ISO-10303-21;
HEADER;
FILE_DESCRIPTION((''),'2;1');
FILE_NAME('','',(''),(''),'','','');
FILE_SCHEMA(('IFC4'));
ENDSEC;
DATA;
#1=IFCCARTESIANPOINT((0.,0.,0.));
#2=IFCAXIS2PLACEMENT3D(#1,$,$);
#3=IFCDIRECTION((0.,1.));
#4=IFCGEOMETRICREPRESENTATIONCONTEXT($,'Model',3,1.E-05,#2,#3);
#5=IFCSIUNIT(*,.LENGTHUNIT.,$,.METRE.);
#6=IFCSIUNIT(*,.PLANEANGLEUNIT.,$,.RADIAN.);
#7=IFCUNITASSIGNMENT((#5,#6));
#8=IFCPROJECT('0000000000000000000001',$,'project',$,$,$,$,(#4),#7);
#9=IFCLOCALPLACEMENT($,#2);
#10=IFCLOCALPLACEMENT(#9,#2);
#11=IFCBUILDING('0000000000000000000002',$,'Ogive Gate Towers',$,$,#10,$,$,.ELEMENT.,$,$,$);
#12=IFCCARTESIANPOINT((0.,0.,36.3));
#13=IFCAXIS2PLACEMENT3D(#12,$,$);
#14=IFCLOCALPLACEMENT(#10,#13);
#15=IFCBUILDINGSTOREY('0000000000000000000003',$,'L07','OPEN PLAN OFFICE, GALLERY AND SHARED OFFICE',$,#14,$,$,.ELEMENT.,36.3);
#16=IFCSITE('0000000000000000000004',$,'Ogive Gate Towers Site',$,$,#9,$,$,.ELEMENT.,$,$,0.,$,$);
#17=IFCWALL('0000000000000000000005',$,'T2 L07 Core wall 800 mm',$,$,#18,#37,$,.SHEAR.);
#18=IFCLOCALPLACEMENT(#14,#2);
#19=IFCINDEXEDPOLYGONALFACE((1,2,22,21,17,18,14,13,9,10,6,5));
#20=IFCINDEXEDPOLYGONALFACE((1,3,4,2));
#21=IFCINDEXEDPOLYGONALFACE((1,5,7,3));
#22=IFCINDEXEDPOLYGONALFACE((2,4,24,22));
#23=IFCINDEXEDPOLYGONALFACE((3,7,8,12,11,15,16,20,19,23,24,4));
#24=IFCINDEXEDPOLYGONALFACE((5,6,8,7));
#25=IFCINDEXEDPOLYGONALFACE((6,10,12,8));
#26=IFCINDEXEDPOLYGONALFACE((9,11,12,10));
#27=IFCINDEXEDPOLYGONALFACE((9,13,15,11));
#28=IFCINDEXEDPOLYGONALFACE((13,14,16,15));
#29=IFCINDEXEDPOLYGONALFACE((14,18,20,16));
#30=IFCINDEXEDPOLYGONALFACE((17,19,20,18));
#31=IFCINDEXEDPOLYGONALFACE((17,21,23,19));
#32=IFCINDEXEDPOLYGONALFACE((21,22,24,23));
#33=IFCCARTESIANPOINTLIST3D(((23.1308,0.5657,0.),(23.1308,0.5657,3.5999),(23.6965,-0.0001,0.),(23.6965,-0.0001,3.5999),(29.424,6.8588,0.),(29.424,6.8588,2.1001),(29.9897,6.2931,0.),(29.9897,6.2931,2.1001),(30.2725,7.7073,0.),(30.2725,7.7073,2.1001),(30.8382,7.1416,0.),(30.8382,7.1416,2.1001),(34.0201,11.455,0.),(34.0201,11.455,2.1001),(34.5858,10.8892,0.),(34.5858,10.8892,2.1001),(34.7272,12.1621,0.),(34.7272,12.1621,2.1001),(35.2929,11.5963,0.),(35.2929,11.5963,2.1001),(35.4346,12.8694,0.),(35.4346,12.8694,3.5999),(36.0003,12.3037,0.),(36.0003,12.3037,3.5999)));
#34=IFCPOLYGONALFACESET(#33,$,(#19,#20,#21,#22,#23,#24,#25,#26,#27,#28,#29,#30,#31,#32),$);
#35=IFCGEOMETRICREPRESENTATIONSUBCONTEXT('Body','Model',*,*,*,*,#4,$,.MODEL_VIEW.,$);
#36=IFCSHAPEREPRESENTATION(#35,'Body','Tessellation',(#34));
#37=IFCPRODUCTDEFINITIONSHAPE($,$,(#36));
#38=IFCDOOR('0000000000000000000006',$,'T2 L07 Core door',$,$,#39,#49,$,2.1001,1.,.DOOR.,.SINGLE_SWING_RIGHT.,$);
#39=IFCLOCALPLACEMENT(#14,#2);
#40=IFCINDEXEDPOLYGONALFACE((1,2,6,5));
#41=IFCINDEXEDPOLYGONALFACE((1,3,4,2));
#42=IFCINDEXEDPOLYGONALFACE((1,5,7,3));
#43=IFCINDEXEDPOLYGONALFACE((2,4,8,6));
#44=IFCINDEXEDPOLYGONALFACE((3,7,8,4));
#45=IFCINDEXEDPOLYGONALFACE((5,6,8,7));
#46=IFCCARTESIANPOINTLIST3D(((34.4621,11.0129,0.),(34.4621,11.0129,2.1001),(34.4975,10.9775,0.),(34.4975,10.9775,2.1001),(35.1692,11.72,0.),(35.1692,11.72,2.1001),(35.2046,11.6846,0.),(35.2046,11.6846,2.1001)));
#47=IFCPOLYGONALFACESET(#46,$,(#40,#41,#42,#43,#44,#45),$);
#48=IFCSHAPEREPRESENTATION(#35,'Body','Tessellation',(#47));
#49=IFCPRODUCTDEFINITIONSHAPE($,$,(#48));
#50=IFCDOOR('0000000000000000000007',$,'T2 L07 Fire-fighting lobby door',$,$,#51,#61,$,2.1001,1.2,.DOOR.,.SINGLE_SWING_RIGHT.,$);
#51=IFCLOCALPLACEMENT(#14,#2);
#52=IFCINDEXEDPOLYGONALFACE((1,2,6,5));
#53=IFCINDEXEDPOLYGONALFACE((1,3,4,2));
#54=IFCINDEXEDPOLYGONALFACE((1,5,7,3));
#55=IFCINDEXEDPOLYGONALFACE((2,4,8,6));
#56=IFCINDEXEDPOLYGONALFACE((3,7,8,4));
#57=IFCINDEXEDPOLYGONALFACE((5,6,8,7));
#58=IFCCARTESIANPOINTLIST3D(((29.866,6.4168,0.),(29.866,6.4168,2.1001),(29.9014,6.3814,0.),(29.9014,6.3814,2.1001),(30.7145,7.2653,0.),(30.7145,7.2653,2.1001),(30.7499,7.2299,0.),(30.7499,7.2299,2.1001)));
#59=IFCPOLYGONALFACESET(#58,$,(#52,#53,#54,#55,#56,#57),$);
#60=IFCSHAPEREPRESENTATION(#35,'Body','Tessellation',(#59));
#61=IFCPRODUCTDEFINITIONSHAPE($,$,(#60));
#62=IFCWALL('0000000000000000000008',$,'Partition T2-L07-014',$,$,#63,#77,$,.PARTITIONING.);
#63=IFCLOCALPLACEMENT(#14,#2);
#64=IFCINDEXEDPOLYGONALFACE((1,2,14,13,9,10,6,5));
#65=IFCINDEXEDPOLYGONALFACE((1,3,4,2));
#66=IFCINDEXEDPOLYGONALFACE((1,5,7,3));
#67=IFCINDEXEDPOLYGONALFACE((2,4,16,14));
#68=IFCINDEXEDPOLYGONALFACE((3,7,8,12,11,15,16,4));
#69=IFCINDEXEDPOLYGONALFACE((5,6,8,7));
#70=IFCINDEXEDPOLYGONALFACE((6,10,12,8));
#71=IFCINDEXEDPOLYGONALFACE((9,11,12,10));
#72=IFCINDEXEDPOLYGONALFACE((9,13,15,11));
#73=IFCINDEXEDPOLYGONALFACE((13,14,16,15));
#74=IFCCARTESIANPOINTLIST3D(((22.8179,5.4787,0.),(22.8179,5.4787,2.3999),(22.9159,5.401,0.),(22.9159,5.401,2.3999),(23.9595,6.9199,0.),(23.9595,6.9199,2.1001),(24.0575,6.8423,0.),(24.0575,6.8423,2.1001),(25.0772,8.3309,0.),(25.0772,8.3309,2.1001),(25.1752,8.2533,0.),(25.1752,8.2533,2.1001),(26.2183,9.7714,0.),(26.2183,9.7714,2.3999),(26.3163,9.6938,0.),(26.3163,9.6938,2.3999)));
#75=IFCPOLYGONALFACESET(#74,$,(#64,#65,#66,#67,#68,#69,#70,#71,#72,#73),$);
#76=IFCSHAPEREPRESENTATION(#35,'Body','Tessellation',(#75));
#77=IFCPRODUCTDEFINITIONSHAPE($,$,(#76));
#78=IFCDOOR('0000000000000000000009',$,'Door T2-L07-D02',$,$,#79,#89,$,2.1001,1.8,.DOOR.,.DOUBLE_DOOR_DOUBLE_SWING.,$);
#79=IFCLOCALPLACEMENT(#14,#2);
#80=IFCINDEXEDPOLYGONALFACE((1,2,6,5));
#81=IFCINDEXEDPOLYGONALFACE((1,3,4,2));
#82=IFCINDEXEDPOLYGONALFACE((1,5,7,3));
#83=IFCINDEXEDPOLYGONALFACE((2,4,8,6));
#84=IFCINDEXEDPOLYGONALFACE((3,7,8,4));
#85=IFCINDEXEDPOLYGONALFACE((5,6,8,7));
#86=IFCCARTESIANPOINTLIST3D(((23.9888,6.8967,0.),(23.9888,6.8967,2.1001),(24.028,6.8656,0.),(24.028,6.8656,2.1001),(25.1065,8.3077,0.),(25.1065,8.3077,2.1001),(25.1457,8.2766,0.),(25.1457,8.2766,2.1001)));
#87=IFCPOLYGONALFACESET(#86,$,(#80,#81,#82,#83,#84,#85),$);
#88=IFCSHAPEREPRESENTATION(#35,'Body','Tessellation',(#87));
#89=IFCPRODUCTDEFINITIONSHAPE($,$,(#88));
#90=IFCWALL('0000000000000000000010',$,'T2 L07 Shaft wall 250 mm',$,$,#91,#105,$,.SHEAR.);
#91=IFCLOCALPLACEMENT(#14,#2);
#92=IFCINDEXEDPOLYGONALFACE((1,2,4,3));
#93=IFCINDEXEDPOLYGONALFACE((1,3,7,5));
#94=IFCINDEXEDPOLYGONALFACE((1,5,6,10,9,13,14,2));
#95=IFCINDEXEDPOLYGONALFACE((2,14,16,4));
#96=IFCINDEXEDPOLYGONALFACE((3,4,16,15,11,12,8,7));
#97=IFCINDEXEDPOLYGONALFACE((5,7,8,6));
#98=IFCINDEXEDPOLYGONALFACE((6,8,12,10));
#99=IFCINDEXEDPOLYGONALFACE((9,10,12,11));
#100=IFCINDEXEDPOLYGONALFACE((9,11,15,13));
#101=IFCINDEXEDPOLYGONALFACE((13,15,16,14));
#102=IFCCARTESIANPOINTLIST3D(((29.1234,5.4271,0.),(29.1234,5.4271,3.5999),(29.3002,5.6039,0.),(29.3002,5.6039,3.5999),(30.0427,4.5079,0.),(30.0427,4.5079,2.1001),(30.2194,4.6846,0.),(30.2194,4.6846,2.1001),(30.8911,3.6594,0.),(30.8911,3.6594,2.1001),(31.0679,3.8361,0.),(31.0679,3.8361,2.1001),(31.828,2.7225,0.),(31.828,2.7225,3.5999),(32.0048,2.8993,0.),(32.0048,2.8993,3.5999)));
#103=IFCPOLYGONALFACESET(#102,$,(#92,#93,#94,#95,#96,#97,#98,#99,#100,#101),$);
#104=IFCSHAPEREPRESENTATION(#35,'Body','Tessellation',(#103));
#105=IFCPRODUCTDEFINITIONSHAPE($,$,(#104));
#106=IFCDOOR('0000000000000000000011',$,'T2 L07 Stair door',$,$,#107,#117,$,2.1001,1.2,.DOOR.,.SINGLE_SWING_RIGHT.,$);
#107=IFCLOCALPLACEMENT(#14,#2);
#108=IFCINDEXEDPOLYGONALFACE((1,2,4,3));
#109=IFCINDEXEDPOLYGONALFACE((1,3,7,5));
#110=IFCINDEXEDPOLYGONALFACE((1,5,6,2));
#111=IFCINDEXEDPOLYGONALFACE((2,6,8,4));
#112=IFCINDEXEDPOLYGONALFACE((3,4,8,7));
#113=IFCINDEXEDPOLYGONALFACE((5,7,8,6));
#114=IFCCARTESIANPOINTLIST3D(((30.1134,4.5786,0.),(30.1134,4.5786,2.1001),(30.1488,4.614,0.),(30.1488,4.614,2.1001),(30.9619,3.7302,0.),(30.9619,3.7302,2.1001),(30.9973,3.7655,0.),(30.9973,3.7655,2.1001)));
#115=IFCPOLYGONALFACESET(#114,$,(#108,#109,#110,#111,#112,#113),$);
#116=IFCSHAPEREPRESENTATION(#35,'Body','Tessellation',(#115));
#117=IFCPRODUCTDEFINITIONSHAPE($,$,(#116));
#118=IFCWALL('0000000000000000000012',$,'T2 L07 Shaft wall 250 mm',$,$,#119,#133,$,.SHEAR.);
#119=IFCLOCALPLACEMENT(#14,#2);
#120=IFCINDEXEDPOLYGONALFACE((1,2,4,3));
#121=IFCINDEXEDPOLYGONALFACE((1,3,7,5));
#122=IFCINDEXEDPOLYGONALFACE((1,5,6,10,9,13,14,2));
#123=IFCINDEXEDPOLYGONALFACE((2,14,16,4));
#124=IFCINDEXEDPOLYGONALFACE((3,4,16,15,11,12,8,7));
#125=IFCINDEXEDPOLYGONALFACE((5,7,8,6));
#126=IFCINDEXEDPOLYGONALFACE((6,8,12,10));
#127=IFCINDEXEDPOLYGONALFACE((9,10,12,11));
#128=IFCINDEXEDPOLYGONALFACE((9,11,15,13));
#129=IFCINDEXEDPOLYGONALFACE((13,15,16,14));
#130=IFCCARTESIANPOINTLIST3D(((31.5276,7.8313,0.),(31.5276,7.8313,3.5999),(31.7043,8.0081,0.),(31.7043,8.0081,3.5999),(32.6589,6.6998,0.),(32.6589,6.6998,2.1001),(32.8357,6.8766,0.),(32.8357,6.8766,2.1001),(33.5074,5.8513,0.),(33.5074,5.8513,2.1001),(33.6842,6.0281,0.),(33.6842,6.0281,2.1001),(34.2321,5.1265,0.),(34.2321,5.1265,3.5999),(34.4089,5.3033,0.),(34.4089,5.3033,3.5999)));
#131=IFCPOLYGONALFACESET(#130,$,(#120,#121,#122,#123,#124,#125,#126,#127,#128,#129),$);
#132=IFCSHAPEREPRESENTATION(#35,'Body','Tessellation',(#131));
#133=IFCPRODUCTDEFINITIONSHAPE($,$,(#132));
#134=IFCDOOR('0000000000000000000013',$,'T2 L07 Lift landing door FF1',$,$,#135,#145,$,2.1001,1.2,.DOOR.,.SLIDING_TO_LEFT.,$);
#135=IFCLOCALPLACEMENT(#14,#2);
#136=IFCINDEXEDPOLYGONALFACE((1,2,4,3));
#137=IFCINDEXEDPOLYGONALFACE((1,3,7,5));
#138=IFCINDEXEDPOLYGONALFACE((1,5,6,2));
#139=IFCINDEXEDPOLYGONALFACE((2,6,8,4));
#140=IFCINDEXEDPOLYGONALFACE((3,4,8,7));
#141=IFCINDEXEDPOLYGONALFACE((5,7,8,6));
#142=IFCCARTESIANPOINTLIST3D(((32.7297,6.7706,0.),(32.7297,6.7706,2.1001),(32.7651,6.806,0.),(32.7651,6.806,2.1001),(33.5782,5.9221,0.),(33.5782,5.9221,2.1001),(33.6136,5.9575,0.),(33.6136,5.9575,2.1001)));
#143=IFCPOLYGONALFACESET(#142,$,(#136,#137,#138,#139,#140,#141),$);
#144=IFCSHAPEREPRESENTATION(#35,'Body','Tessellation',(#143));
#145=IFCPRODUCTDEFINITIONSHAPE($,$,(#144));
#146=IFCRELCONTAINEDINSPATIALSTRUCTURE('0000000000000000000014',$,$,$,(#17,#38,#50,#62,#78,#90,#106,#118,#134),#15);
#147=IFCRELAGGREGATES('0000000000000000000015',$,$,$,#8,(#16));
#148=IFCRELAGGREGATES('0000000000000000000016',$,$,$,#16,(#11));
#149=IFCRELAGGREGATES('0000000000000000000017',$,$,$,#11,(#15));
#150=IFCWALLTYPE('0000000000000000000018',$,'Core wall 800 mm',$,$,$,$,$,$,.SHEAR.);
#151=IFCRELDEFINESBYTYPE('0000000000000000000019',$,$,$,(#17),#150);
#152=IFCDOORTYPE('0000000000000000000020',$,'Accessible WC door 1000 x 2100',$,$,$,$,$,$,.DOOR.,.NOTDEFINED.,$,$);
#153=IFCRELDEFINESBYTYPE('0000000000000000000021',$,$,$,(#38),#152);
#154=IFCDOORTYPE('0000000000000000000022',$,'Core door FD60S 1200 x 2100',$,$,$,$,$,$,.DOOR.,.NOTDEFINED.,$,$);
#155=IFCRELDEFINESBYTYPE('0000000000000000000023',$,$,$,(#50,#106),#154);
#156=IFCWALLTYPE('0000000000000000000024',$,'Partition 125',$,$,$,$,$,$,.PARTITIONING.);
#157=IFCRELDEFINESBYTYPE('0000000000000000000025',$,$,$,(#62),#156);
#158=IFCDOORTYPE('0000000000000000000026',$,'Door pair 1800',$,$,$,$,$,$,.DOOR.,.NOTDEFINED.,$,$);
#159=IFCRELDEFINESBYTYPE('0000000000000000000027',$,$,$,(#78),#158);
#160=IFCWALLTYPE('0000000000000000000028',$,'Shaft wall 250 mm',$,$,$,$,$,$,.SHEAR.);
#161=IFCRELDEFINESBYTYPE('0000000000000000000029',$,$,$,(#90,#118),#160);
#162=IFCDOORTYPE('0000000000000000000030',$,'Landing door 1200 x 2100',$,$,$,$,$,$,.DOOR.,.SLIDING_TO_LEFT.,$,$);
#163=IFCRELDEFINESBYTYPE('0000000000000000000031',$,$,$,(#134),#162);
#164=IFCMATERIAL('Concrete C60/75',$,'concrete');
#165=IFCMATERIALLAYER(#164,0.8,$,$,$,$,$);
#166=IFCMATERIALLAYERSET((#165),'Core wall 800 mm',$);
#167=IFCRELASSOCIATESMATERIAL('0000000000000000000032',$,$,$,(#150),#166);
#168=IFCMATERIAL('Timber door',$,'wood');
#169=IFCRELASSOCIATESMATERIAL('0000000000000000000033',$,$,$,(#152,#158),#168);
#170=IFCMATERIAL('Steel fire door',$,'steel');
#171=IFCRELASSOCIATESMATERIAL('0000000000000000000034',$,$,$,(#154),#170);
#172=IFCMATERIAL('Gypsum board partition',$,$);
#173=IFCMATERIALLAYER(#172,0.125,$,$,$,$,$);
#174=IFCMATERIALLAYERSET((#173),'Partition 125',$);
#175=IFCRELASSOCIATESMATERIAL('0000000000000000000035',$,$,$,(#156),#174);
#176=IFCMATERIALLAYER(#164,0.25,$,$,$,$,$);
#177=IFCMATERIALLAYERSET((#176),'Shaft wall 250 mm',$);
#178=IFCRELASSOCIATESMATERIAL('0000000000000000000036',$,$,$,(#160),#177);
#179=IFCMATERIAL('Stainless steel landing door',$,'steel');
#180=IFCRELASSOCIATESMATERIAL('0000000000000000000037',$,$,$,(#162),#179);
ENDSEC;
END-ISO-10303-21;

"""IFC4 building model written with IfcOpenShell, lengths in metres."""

from ifc_helpers import new_model, si_unit, direction, frame, frame_2d, origin, place, context, subcontext, project, spatial, rectangle, extrude, material, layer, layer_set, type_object, element, fill, save


model = new_model("IFC4")

# Units and contexts
model_context = context("Model", 3, precision=1e-05, world=origin(), true_north=direction((0.0, 1.0)))
body_context = subcontext(model_context, "Body", "Model", "MODEL_VIEW")
ifc_project = project(units=[si_unit("LENGTHUNIT", "METRE"), si_unit("PLANEANGLEUNIT", "RADIAN")], contexts=[model_context])

# Site, building, storey
site_placement = place(None, origin())
site = spatial("IfcSite", under=ifc_project, at=site_placement, Name="Ogive Gate Towers Site", CompositionType="ELEMENT", RefElevation=0.0)
building_placement = place(site_placement, origin())
building = spatial("IfcBuilding", under=site, at=building_placement, Name="Ogive Gate Towers", CompositionType="ELEMENT")
storey_placement = place(building_placement, frame((0.0, 0.0, 36.3)))
storey = spatial("IfcBuildingStorey", under=building, at=storey_placement, Name="L07", Description="OPEN PLAN OFFICE, GALLERY AND SHARED OFFICE", CompositionType="ELEMENT", Elevation=36.3)

# Wall, openings, doors
ifc_material_1 = material(Name="Concrete C60/75", Category="concrete")
ifc_layer_1 = layer(ifc_material_1, 0.8)
ifc_layer_set_1 = layer_set([ifc_layer_1], Name="Core wall 800 mm")
wall_type_1 = type_object("IfcWallType", Name="Core wall 800 mm", PredefinedType="SHEAR", material=ifc_layer_set_1)
wall_1_placement = place(storey_placement, frame((23.4136, 0.2827, 0.0), z_axis=(0.0, 0.0, 1.0), x_axis=(0.707107, 0.707107, 0.0)))
wall_1 = element("IfcWall", 1, at=wall_1_placement, inside=storey, type_object=wall_type_1, Name="T2 L07 Core wall 800 mm", PredefinedType="SHEAR", context=body_context, shape_type="SweptSolid", body=[
    extrude(rectangle(XDim=17.4001, YDim=0.8, at=frame_2d((8.7002, 0.0))), origin(), (0.0, 0.0, 1.0), 3.5999),
])
opening_1_placement = place(wall_1_placement, frame((8.8999, 0.0, 0.0)))
opening_1 = element("IfcOpeningElement", 2, at=opening_1_placement, cuts=wall_1, PredefinedType="OPENING", context=body_context, shape_type="SweptSolid", body=[
    extrude(rectangle(XDim=1.2, YDim=2.1001, at=frame_2d((0.6001, 1.05))), frame((0.0, 0.4102, 0.0), z_axis=(0.0, -1.0, 0.0), x_axis=(1.0, 0.0, 0.0)), (0.0, 0.0, 1.0), 0.8201),
])
opening_2_placement = place(wall_1_placement, frame((15.3999, 0.0, 0.0)))
opening_2 = element("IfcOpeningElement", 3, at=opening_2_placement, cuts=wall_1, PredefinedType="OPENING", context=body_context, shape_type="SweptSolid", body=[
    extrude(rectangle(XDim=1.0, YDim=2.1001, at=frame_2d((0.5, 1.05))), frame((0.0, 0.4102, 0.0), z_axis=(0.0, -1.0, 0.0), x_axis=(1.0, 0.0, 0.0)), (0.0, 0.0, 1.0), 0.8201),
])
ifc_material_2 = material(Name="Timber door", Category="wood")
door_type_1 = type_object("IfcDoorType", Name="Accessible WC door 1000 x 2100", OperationType="NOTDEFINED", PredefinedType="DOOR", material=ifc_material_2)
door_1_placement = place(opening_2_placement, origin())
door_1 = element("IfcDoor", 4, at=door_1_placement, inside=storey, type_object=door_type_1, Name="T2 L07 Core door", OperationType="SINGLE_SWING_RIGHT", OverallHeight=2.1001, OverallWidth=1.0, PredefinedType="DOOR", context=body_context, shape_type="SweptSolid", body=[
    extrude(rectangle(XDim=1.0, YDim=2.1001, at=frame_2d((0.5, 1.05))), frame((0.0, -0.2251, 0.0), z_axis=(0.0, -1.0, 0.0), x_axis=(1.0, 0.0, 0.0)), (0.0, 0.0, 1.0), 0.05),
])
fill(opening_2, door_1)
ifc_material_3 = material(Name="Steel fire door", Category="steel")
door_type_2 = type_object("IfcDoorType", Name="Core door FD60S 1200 x 2100", OperationType="NOTDEFINED", PredefinedType="DOOR", material=ifc_material_3)
door_2_placement = place(opening_1_placement, origin())
door_2 = element("IfcDoor", 5, at=door_2_placement, inside=storey, type_object=door_type_2, Name="T2 L07 Fire-fighting lobby door", OperationType="SINGLE_SWING_RIGHT", OverallHeight=2.1001, OverallWidth=1.2, PredefinedType="DOOR", context=body_context, shape_type="SweptSolid", body=[
    extrude(rectangle(XDim=1.2, YDim=2.1001, at=frame_2d((0.6001, 1.05))), frame((0.0, -0.2251, 0.0), z_axis=(0.0, -1.0, 0.0), x_axis=(1.0, 0.0, 0.0)), (0.0, 0.0, 1.0), 0.05),
])
fill(opening_1, door_2)

# Walls, openings, doors
ifc_material_4 = material(Name="Gypsum board partition")
ifc_layer_2 = layer(ifc_material_4, 0.125)
ifc_layer_set_2 = layer_set([ifc_layer_2], Name="Partition 125")
wall_type_2 = type_object("IfcWallType", Name="Partition 125", PredefinedType="PARTITIONING", material=ifc_layer_set_2)
wall_2_placement = place(storey_placement, frame((26.2673, 9.7327, 0.0), z_axis=(0.0, 0.0, 1.0), x_axis=(-0.620926, -0.78387, 0.0)))
wall_2 = element("IfcWall", 6, at=wall_2_placement, inside=storey, type_object=wall_type_2, Name="Partition T2-L07-014", PredefinedType="PARTITIONING", context=body_context, shape_type="SweptSolid", body=[
    extrude(rectangle(XDim=5.4763, YDim=0.125, at=frame_2d((2.7383, 0.0))), origin(), (0.0, 0.0, 1.0), 2.3999),
])
opening_3_placement = place(wall_2_placement, frame((1.8379, 0.0, 0.0)))
opening_3 = element("IfcOpeningElement", 7, at=opening_3_placement, cuts=wall_2, PredefinedType="OPENING", context=body_context, shape_type="SweptSolid", body=[
    extrude(rectangle(XDim=1.8, YDim=2.1001, at=frame_2d((0.8999, 1.05))), frame((0.0, 0.0725, 0.0), z_axis=(0.0, -1.0, 0.0), x_axis=(1.0, 0.0, 0.0)), (0.0, 0.0, 1.0), 0.145),
])
door_type_3 = type_object("IfcDoorType", Name="Door pair 1800", OperationType="NOTDEFINED", PredefinedType="DOOR", material=ifc_material_2)
door_3_placement = place(opening_3_placement, origin())
door_3 = element("IfcDoor", 8, at=door_3_placement, inside=storey, type_object=door_type_3, Name="Door T2-L07-D02", OperationType="DOUBLE_DOOR_DOUBLE_SWING", OverallHeight=2.1001, OverallWidth=1.8, PredefinedType="DOOR", context=body_context, shape_type="SweptSolid", body=[
    extrude(rectangle(XDim=1.8, YDim=2.1001, at=frame_2d((0.8999, 1.05))), frame((0.0, 0.0249, 0.0), z_axis=(0.0, -1.0, 0.0), x_axis=(1.0, 0.0, 0.0)), (0.0, 0.0, 1.0), 0.05),
])
fill(opening_3, door_3)
ifc_layer_3 = layer(ifc_material_1, 0.25)
ifc_layer_set_3 = layer_set([ifc_layer_3], Name="Shaft wall 250 mm")
wall_type_3 = type_object("IfcWallType", Name="Shaft wall 250 mm", PredefinedType="SHEAR", material=ifc_layer_set_3)
wall_3_placement = place(storey_placement, frame((31.9165, 2.8108, 0.0), z_axis=(0.0, 0.0, 1.0), x_axis=(-0.707107, 0.707107, 0.0)))
wall_3 = element("IfcWall", 9, at=wall_3_placement, inside=storey, type_object=wall_type_3, Name="T2 L07 Shaft wall 250 mm", PredefinedType="SHEAR", context=body_context, shape_type="SweptSolid", body=[
    extrude(rectangle(XDim=3.825, YDim=0.25, at=frame_2d((1.9126, 0.0))), origin(), (0.0, 0.0, 1.0), 3.5999),
])
opening_4_placement = place(wall_3_placement, frame((1.325, 0.0, 0.0)))
opening_4 = element("IfcOpeningElement", 10, at=opening_4_placement, cuts=wall_3, PredefinedType="OPENING", context=body_context, shape_type="SweptSolid", body=[
    extrude(rectangle(XDim=1.2, YDim=2.1001, at=frame_2d((0.6001, 1.05))), frame((0.0, 0.135, 0.0), z_axis=(0.0, -1.0, 0.0), x_axis=(1.0, 0.0, 0.0)), (0.0, 0.0, 1.0), 0.27),
])
door_4_placement = place(opening_4_placement, origin())
door_4 = element("IfcDoor", 11, at=door_4_placement, inside=storey, type_object=door_type_2, Name="T2 L07 Stair door", OperationType="SINGLE_SWING_RIGHT", OverallHeight=2.1001, OverallWidth=1.2, PredefinedType="DOOR", context=body_context, shape_type="SweptSolid", body=[
    extrude(rectangle(XDim=1.2, YDim=2.1001, at=frame_2d((0.6001, 1.05))), frame((0.0, 0.0249, 0.0), z_axis=(0.0, -1.0, 0.0), x_axis=(1.0, 0.0, 0.0)), (0.0, 0.0, 1.0), 0.05),
])
fill(opening_4, door_4)
wall_4_placement = place(storey_placement, frame((34.3206, 5.2148, 0.0), z_axis=(0.0, 0.0, 1.0), x_axis=(-0.707075, 0.707139, 0.0)))
wall_4 = element("IfcWall", 12, at=wall_4_placement, inside=storey, type_object=wall_type_3, Name="T2 L07 Shaft wall 250 mm", PredefinedType="SHEAR", context=body_context, shape_type="SweptSolid", body=[
    extrude(rectangle(XDim=3.825, YDim=0.25, at=frame_2d((1.9126, 0.0))), origin(), (0.0, 0.0, 1.0), 3.5999),
])
opening_5_placement = place(wall_4_placement, frame((1.0249, 0.0, 0.0)))
opening_5 = element("IfcOpeningElement", 13, at=opening_5_placement, cuts=wall_4, PredefinedType="OPENING", context=body_context, shape_type="SweptSolid", body=[
    extrude(rectangle(XDim=1.2, YDim=2.1001, at=frame_2d((0.6001, 1.05))), frame((0.0, 0.135, 0.0), z_axis=(0.0, -1.0, 0.0), x_axis=(1.0, 0.0, 0.0)), (0.0, 0.0, 1.0), 0.27),
])
ifc_material_5 = material(Name="Stainless steel landing door", Category="steel")
door_type_4 = type_object("IfcDoorType", Name="Landing door 1200 x 2100", OperationType="SLIDING_TO_LEFT", PredefinedType="DOOR", material=ifc_material_5)
door_5_placement = place(opening_5_placement, origin())
door_5 = element("IfcDoor", 14, at=door_5_placement, inside=storey, type_object=door_type_4, Name="T2 L07 Lift landing door FF1", OperationType="SLIDING_TO_LEFT", OverallHeight=2.1001, OverallWidth=1.2, PredefinedType="DOOR", context=body_context, shape_type="SweptSolid", body=[
    extrude(rectangle(XDim=1.2, YDim=2.1001, at=frame_2d((0.6001, 1.05))), frame((0.0, 0.0249, 0.0), z_axis=(0.0, -1.0, 0.0), x_axis=(1.0, 0.0, 0.0)), (0.0, 0.0, 1.0), 0.05),
])
fill(opening_5, door_5)

save(model, "model.ifc")
